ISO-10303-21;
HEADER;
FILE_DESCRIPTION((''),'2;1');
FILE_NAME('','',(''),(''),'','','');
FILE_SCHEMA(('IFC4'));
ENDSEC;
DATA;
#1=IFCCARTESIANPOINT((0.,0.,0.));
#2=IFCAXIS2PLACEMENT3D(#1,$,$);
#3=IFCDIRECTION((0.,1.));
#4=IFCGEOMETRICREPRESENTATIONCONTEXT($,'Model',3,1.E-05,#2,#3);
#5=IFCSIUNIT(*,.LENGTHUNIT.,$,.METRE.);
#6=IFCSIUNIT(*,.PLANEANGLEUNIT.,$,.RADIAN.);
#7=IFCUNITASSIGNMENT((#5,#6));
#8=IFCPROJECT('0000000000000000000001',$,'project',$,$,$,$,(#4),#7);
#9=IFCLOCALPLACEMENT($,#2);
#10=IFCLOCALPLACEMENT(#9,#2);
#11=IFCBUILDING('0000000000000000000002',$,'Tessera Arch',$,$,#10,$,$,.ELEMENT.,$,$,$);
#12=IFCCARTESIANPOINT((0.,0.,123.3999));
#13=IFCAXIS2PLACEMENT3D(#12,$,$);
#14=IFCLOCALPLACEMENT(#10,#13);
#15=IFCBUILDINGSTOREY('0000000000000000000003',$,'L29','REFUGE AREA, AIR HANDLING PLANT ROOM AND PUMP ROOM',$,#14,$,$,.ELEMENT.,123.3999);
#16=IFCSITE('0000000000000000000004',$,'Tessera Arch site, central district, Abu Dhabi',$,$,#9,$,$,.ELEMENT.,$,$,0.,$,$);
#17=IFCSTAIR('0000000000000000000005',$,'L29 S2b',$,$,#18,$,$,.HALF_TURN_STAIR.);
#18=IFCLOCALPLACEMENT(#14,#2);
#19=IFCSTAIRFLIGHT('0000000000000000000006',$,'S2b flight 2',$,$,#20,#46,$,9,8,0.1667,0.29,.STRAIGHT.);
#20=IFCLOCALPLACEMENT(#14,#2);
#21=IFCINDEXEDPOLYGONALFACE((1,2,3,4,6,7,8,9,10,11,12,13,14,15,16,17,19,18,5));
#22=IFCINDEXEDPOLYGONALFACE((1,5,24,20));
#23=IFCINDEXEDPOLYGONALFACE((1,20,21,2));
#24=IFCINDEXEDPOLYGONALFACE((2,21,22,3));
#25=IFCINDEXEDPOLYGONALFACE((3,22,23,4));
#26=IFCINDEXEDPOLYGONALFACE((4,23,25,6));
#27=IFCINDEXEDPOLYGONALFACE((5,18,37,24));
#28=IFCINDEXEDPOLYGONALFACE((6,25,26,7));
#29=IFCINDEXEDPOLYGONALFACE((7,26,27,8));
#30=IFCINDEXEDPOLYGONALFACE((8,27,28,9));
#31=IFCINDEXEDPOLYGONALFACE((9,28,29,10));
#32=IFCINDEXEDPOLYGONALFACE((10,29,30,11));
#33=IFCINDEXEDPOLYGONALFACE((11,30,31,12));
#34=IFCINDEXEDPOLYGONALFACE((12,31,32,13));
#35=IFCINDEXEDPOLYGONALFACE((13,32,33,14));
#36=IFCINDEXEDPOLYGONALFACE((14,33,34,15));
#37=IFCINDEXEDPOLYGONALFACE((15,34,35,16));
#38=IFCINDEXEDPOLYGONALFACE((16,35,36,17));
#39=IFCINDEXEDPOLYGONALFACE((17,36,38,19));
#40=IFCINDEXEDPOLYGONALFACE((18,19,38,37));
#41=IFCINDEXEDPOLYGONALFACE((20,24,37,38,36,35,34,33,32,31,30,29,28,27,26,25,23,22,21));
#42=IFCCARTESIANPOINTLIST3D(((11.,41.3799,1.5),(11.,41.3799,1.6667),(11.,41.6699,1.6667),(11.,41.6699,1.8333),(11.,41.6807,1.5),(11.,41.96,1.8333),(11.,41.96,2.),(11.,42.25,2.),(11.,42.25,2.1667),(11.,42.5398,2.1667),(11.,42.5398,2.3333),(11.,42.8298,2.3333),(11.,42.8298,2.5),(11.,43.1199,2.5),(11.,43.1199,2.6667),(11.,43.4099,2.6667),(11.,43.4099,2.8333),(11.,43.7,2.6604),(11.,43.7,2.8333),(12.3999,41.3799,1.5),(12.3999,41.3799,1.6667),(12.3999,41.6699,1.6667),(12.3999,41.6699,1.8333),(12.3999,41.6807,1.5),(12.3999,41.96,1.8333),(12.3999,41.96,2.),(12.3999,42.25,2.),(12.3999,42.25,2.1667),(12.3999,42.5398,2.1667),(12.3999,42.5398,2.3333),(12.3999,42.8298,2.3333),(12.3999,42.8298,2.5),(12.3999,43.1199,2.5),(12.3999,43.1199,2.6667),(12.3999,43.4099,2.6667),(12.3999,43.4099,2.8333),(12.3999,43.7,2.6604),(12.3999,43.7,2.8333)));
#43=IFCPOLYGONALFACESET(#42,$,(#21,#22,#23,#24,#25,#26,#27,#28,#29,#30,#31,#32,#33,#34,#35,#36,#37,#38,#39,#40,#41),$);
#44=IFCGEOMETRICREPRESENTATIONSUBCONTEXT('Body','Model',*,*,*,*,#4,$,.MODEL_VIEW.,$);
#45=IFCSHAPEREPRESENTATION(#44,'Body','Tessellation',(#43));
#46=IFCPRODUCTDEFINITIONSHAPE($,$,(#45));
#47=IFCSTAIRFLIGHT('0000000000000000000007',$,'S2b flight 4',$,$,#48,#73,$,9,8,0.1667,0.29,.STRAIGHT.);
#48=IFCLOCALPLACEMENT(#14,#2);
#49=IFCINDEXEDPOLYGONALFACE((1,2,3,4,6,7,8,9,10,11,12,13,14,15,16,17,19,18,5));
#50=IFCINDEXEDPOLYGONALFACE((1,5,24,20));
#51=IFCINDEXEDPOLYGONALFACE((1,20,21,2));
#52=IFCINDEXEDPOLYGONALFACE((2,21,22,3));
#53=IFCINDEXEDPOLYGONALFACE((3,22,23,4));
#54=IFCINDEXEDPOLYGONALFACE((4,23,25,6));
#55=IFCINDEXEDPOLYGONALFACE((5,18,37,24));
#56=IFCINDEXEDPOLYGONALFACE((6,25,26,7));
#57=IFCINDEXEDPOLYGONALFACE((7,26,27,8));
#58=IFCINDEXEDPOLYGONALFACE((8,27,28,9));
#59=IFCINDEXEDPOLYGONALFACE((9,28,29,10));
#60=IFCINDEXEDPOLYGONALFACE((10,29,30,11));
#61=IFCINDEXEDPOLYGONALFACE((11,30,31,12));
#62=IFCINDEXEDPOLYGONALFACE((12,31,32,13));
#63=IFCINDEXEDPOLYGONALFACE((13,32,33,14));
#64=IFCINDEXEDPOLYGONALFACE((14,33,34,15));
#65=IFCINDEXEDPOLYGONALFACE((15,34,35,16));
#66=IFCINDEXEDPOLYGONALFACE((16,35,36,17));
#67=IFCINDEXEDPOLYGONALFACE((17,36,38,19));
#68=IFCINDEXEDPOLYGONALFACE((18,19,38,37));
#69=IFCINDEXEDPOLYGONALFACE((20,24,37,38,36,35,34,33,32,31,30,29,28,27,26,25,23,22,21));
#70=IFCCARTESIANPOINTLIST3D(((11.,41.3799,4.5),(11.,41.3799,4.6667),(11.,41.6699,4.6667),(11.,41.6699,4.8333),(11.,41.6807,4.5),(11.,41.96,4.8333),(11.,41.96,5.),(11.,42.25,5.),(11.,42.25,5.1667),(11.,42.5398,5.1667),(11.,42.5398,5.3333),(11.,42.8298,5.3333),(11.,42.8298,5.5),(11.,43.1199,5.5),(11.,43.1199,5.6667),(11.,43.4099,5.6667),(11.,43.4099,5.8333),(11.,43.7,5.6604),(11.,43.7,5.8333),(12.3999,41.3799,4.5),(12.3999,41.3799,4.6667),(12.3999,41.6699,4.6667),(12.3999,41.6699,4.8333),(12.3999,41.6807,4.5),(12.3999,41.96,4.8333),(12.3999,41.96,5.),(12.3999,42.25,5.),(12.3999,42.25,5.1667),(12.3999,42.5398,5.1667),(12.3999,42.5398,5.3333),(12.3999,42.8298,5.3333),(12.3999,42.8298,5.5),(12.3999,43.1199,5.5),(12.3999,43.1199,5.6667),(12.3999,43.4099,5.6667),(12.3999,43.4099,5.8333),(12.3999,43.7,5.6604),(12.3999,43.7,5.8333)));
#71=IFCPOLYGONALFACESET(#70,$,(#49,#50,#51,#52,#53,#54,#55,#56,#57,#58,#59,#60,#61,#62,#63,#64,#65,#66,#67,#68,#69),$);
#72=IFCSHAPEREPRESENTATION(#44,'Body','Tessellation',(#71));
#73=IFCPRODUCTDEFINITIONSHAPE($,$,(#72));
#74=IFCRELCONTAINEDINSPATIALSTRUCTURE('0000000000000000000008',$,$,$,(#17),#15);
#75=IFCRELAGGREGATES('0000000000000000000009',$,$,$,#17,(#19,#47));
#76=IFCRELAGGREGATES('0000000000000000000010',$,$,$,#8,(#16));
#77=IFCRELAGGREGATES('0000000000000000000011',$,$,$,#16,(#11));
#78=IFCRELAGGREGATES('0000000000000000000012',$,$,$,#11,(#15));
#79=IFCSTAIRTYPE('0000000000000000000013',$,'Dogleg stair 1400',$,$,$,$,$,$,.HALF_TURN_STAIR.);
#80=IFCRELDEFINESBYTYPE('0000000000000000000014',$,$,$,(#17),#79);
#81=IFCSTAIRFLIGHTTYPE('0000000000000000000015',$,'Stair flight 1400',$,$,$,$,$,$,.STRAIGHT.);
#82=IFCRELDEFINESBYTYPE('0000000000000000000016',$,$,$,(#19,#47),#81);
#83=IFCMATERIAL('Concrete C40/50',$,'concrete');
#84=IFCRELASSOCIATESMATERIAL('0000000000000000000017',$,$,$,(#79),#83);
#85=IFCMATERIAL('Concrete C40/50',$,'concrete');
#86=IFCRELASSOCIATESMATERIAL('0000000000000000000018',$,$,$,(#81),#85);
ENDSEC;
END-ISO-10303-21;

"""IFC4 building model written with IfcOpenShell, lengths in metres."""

from ifc_helpers import new_model, si_unit, direction, frame, origin, place, context, subcontext, project, spatial, polyline, outline, extrude, material, type_object, element, aggregate, save


model = new_model("IFC4")

# Units and contexts
model_context = context("Model", 3, precision=1e-05, world=origin(), true_north=direction((0.0, 1.0)))
body_context = subcontext(model_context, "Body", "Model", "MODEL_VIEW")
ifc_project = project(units=[si_unit("LENGTHUNIT", "METRE"), si_unit("PLANEANGLEUNIT", "RADIAN")], contexts=[model_context])

# Site, building, storey
site_placement = place(None, origin())
site = spatial("IfcSite", under=ifc_project, at=site_placement, Name="Tessera Arch site, central district, Abu Dhabi", CompositionType="ELEMENT", RefElevation=0.0)
building_placement = place(site_placement, origin())
building = spatial("IfcBuilding", under=site, at=building_placement, Name="Tessera Arch", CompositionType="ELEMENT")
storey_placement = place(building_placement, frame((0.0, 0.0, 123.3999)))
storey = spatial("IfcBuildingStorey", under=building, at=storey_placement, Name="L29", Description="REFUGE AREA, AIR HANDLING PLANT ROOM AND PUMP ROOM", CompositionType="ELEMENT", Elevation=123.3999)

# Stair, stair flights
ifc_material_1 = material(Name="Concrete C40/50", Category="concrete")
stair_type = type_object("IfcStairType", Name="Dogleg stair 1400", PredefinedType="HALF_TURN_STAIR", material=ifc_material_1)
ifc_material_2 = material(Name="Concrete C40/50", Category="concrete")
stair_flight_type = type_object("IfcStairFlightType", Name="Stair flight 1400", PredefinedType="STRAIGHT", material=ifc_material_2)
stair_1_placement = place(storey_placement, origin())
stair_1 = element("IfcStair", 1, at=stair_1_placement, inside=storey, type_object=stair_type, Name="L29 S2b", PredefinedType="HALF_TURN_STAIR")
stair_flight_1_placement = place(storey_placement, frame((11.7, 41.3799, 1.5), z_axis=(0.0, 0.0, 1.0), x_axis=(0.0, 1.0, 0.0)))
stair_flight_1 = element("IfcStairFlight", 2, at=stair_flight_1_placement, type_object=stair_flight_type, Name="S2b flight 2", NumberOfRisers=9, NumberOfTreads=8, PredefinedType="STRAIGHT", RiserHeight=0.1667, TreadLength=0.29, context=body_context, shape_type="SweptSolid", body=[
    extrude(outline(polyline([(0.0, 0.0), (0.0, 0.1667), (0.29, 0.1667), (0.29, 0.3333), (0.5801, 0.3333), (0.5801, 0.5), (0.8701, 0.5), (0.8701, 0.6667), (1.1599, 0.6667), (1.1599, 0.8333), (1.45, 0.8333), (1.45, 1.0), (1.74, 1.0), (1.74, 1.1667), (2.03, 1.1667), (2.03, 1.3333), (2.3201, 1.3333), (2.3201, 1.5), (2.3201, 1.1604), (0.3008, 0.0), (0.0, 0.0)])), frame((0.0, 0.7, 0.0), z_axis=(0.0, -1.0, 0.0), x_axis=(1.0, 0.0, 0.0)), (0.0, 0.0, 1.0), 1.3999),
])
stair_flight_2_placement = place(storey_placement, frame((11.7, 41.3799, 4.5), z_axis=(0.0, 0.0, 1.0), x_axis=(0.0, 1.0, 0.0)))
stair_flight_2 = element("IfcStairFlight", 3, at=stair_flight_2_placement, type_object=stair_flight_type, Name="S2b flight 4", NumberOfRisers=9, NumberOfTreads=8, PredefinedType="STRAIGHT", RiserHeight=0.1667, TreadLength=0.29, context=body_context, shape_type="SweptSolid", body=[
    extrude(outline(polyline([(0.0, 0.0), (0.0, 0.1667), (0.29, 0.1667), (0.29, 0.3333), (0.5801, 0.3333), (0.5801, 0.5), (0.8701, 0.5), (0.8701, 0.6667), (1.1599, 0.6667), (1.1599, 0.8333), (1.45, 0.8333), (1.45, 1.0), (1.74, 1.0), (1.74, 1.1667), (2.03, 1.1667), (2.03, 1.3333), (2.3201, 1.3333), (2.3201, 1.5), (2.3201, 1.1604), (0.3008, 0.0), (0.0, 0.0)])), frame((0.0, 0.7, 0.0), z_axis=(0.0, -1.0, 0.0), x_axis=(1.0, 0.0, 0.0)), (0.0, 0.0, 1.0), 1.3999),
])
aggregate(stair_1, [stair_flight_1, stair_flight_2])

save(model, "model.ifc")
